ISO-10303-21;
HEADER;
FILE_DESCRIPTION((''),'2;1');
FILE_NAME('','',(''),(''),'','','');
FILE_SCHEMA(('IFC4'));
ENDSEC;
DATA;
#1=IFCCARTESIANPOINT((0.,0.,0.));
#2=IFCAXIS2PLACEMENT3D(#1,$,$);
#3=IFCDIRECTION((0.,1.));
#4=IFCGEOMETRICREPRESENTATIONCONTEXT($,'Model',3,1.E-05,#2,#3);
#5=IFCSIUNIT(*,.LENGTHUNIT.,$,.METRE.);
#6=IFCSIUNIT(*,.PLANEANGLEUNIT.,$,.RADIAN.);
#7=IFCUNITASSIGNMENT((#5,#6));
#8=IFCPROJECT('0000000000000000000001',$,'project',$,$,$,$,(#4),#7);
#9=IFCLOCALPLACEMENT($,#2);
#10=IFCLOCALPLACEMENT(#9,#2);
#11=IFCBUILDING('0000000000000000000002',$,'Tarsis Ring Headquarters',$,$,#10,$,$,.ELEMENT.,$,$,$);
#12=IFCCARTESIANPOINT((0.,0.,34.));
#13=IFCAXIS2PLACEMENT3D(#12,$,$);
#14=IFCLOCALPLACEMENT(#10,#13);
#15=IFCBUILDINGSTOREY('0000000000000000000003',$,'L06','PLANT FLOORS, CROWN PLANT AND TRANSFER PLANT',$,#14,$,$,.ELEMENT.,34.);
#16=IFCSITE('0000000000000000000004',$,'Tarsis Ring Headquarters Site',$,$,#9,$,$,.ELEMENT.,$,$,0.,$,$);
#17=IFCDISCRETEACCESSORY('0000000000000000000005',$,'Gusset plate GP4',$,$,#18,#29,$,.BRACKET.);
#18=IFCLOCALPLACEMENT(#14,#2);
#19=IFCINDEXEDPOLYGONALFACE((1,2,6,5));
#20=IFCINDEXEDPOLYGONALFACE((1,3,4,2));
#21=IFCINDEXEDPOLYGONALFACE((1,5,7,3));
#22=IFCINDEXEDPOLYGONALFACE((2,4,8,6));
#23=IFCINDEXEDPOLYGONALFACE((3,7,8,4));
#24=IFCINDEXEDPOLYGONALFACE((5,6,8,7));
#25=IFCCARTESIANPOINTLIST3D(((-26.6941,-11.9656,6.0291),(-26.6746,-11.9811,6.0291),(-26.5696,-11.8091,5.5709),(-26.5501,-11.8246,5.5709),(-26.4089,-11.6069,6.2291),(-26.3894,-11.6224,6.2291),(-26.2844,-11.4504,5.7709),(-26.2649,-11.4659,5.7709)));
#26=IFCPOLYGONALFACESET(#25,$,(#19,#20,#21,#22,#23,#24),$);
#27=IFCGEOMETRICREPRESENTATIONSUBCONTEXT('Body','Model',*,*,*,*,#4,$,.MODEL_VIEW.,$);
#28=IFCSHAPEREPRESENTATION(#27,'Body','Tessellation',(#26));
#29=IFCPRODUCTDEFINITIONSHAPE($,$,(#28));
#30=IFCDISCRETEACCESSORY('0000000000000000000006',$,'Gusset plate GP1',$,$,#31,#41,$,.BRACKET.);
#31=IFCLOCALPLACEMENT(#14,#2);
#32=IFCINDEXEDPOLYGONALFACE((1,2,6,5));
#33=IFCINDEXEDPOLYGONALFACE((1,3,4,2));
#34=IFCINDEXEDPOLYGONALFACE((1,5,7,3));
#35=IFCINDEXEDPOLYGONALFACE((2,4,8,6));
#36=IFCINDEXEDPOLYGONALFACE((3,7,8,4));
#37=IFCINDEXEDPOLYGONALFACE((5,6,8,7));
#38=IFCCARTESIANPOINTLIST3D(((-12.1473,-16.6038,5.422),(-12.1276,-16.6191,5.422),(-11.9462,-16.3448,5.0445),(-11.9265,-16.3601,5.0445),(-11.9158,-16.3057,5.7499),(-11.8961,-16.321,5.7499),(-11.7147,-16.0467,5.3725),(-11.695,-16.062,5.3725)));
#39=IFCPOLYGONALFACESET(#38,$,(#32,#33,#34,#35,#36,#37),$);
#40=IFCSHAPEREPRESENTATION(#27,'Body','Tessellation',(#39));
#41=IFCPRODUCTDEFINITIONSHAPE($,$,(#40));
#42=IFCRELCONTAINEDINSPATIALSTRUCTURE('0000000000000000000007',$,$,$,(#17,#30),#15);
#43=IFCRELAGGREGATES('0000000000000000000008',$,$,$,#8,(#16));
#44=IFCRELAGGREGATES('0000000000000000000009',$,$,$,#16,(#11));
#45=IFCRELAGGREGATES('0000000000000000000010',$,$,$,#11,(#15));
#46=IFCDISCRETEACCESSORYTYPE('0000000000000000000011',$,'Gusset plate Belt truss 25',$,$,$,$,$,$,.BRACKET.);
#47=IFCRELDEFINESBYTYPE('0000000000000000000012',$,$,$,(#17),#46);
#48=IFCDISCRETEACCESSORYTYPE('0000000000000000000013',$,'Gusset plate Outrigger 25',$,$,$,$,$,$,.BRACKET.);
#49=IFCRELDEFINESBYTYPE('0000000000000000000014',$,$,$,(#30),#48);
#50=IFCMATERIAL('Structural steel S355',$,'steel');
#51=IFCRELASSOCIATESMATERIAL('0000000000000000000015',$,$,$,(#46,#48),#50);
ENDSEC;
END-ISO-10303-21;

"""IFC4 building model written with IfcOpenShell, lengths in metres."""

from ifc_helpers import new_model, si_unit, direction, frame, origin, origin_2d, place, context, subcontext, project, spatial, rectangle, extrude, material, material_profile, profile_set, type_object, element, save


model = new_model("IFC4")

# Units and contexts
model_context = context("Model", 3, precision=1e-05, world=origin(), true_north=direction((0.0, 1.0)))
body_context = subcontext(model_context, "Body", "Model", "MODEL_VIEW")
ifc_project = project(units=[si_unit("LENGTHUNIT", "METRE"), si_unit("PLANEANGLEUNIT", "RADIAN")], contexts=[model_context])

# Site, building, storey
site_placement = place(None, origin())
site = spatial("IfcSite", under=ifc_project, at=site_placement, Name="Tarsis Ring Headquarters Site", CompositionType="ELEMENT", RefElevation=0.0)
building_placement = place(site_placement, origin())
building = spatial("IfcBuilding", under=site, at=building_placement, Name="Tarsis Ring Headquarters", CompositionType="ELEMENT")
storey_placement = place(building_placement, frame((0.0, 0.0, 34.0)))
storey = spatial("IfcBuildingStorey", under=building, at=storey_placement, Name="L06", Description="PLANT FLOORS, CROWN PLANT AND TRANSFER PLANT", CompositionType="ELEMENT", Elevation=34.0)

# Shared definitions
ifc_material_1 = material(Name="Structural steel S355", Category="steel")

# Discrete accessories
ifc_material_profile_1 = material_profile(ifc_material_1, rectangle(XDim=0.0249, YDim=0.5, at=origin_2d()), Name="PL 25x500")
ifc_profile_set_1 = profile_set([ifc_material_profile_1], Name="Structural steel S355")
discrete_accessory_type_1 = type_object("IfcDiscreteAccessoryType", Name="Gusset plate Belt truss 25", PredefinedType="BRACKET", material=ifc_profile_set_1)
discrete_accessory_1_placement = place(storey_placement, frame((-26.3369, -11.5364, 6.0), z_axis=(-0.570405, -0.717401, -0.399967), x_axis=(0.782737, -0.622353, 0.0)))
element("IfcDiscreteAccessory", 1, at=discrete_accessory_1_placement, inside=storey, type_object=discrete_accessory_type_1, Name="Gusset plate GP4", PredefinedType="BRACKET", context=body_context, shape_type="SweptSolid", body=[
    extrude(rectangle(XDim=0.0249, YDim=0.5, at=origin_2d()), origin(), (0.0, 0.0, 1.0), 0.5),
])
discrete_accessory_type_2 = type_object("IfcDiscreteAccessoryType", Name="Gusset plate Outrigger 25", PredefinedType="BRACKET", material=ifc_profile_set_1)
discrete_accessory_2_placement = place(storey_placement, frame((-12.0217, -16.4624, 5.5859), z_axis=(0.402319, 0.518035, -0.754837), x_axis=(-0.789793, 0.613374, 0.0)))
element("IfcDiscreteAccessory", 2, at=discrete_accessory_2_placement, inside=storey, type_object=discrete_accessory_type_2, Name="Gusset plate GP1", PredefinedType="BRACKET", context=body_context, shape_type="SweptSolid", body=[
    extrude(rectangle(XDim=0.0249, YDim=0.5, at=origin_2d()), origin(), (0.0, 0.0, 1.0), 0.5),
])

save(model, "model.ifc")
